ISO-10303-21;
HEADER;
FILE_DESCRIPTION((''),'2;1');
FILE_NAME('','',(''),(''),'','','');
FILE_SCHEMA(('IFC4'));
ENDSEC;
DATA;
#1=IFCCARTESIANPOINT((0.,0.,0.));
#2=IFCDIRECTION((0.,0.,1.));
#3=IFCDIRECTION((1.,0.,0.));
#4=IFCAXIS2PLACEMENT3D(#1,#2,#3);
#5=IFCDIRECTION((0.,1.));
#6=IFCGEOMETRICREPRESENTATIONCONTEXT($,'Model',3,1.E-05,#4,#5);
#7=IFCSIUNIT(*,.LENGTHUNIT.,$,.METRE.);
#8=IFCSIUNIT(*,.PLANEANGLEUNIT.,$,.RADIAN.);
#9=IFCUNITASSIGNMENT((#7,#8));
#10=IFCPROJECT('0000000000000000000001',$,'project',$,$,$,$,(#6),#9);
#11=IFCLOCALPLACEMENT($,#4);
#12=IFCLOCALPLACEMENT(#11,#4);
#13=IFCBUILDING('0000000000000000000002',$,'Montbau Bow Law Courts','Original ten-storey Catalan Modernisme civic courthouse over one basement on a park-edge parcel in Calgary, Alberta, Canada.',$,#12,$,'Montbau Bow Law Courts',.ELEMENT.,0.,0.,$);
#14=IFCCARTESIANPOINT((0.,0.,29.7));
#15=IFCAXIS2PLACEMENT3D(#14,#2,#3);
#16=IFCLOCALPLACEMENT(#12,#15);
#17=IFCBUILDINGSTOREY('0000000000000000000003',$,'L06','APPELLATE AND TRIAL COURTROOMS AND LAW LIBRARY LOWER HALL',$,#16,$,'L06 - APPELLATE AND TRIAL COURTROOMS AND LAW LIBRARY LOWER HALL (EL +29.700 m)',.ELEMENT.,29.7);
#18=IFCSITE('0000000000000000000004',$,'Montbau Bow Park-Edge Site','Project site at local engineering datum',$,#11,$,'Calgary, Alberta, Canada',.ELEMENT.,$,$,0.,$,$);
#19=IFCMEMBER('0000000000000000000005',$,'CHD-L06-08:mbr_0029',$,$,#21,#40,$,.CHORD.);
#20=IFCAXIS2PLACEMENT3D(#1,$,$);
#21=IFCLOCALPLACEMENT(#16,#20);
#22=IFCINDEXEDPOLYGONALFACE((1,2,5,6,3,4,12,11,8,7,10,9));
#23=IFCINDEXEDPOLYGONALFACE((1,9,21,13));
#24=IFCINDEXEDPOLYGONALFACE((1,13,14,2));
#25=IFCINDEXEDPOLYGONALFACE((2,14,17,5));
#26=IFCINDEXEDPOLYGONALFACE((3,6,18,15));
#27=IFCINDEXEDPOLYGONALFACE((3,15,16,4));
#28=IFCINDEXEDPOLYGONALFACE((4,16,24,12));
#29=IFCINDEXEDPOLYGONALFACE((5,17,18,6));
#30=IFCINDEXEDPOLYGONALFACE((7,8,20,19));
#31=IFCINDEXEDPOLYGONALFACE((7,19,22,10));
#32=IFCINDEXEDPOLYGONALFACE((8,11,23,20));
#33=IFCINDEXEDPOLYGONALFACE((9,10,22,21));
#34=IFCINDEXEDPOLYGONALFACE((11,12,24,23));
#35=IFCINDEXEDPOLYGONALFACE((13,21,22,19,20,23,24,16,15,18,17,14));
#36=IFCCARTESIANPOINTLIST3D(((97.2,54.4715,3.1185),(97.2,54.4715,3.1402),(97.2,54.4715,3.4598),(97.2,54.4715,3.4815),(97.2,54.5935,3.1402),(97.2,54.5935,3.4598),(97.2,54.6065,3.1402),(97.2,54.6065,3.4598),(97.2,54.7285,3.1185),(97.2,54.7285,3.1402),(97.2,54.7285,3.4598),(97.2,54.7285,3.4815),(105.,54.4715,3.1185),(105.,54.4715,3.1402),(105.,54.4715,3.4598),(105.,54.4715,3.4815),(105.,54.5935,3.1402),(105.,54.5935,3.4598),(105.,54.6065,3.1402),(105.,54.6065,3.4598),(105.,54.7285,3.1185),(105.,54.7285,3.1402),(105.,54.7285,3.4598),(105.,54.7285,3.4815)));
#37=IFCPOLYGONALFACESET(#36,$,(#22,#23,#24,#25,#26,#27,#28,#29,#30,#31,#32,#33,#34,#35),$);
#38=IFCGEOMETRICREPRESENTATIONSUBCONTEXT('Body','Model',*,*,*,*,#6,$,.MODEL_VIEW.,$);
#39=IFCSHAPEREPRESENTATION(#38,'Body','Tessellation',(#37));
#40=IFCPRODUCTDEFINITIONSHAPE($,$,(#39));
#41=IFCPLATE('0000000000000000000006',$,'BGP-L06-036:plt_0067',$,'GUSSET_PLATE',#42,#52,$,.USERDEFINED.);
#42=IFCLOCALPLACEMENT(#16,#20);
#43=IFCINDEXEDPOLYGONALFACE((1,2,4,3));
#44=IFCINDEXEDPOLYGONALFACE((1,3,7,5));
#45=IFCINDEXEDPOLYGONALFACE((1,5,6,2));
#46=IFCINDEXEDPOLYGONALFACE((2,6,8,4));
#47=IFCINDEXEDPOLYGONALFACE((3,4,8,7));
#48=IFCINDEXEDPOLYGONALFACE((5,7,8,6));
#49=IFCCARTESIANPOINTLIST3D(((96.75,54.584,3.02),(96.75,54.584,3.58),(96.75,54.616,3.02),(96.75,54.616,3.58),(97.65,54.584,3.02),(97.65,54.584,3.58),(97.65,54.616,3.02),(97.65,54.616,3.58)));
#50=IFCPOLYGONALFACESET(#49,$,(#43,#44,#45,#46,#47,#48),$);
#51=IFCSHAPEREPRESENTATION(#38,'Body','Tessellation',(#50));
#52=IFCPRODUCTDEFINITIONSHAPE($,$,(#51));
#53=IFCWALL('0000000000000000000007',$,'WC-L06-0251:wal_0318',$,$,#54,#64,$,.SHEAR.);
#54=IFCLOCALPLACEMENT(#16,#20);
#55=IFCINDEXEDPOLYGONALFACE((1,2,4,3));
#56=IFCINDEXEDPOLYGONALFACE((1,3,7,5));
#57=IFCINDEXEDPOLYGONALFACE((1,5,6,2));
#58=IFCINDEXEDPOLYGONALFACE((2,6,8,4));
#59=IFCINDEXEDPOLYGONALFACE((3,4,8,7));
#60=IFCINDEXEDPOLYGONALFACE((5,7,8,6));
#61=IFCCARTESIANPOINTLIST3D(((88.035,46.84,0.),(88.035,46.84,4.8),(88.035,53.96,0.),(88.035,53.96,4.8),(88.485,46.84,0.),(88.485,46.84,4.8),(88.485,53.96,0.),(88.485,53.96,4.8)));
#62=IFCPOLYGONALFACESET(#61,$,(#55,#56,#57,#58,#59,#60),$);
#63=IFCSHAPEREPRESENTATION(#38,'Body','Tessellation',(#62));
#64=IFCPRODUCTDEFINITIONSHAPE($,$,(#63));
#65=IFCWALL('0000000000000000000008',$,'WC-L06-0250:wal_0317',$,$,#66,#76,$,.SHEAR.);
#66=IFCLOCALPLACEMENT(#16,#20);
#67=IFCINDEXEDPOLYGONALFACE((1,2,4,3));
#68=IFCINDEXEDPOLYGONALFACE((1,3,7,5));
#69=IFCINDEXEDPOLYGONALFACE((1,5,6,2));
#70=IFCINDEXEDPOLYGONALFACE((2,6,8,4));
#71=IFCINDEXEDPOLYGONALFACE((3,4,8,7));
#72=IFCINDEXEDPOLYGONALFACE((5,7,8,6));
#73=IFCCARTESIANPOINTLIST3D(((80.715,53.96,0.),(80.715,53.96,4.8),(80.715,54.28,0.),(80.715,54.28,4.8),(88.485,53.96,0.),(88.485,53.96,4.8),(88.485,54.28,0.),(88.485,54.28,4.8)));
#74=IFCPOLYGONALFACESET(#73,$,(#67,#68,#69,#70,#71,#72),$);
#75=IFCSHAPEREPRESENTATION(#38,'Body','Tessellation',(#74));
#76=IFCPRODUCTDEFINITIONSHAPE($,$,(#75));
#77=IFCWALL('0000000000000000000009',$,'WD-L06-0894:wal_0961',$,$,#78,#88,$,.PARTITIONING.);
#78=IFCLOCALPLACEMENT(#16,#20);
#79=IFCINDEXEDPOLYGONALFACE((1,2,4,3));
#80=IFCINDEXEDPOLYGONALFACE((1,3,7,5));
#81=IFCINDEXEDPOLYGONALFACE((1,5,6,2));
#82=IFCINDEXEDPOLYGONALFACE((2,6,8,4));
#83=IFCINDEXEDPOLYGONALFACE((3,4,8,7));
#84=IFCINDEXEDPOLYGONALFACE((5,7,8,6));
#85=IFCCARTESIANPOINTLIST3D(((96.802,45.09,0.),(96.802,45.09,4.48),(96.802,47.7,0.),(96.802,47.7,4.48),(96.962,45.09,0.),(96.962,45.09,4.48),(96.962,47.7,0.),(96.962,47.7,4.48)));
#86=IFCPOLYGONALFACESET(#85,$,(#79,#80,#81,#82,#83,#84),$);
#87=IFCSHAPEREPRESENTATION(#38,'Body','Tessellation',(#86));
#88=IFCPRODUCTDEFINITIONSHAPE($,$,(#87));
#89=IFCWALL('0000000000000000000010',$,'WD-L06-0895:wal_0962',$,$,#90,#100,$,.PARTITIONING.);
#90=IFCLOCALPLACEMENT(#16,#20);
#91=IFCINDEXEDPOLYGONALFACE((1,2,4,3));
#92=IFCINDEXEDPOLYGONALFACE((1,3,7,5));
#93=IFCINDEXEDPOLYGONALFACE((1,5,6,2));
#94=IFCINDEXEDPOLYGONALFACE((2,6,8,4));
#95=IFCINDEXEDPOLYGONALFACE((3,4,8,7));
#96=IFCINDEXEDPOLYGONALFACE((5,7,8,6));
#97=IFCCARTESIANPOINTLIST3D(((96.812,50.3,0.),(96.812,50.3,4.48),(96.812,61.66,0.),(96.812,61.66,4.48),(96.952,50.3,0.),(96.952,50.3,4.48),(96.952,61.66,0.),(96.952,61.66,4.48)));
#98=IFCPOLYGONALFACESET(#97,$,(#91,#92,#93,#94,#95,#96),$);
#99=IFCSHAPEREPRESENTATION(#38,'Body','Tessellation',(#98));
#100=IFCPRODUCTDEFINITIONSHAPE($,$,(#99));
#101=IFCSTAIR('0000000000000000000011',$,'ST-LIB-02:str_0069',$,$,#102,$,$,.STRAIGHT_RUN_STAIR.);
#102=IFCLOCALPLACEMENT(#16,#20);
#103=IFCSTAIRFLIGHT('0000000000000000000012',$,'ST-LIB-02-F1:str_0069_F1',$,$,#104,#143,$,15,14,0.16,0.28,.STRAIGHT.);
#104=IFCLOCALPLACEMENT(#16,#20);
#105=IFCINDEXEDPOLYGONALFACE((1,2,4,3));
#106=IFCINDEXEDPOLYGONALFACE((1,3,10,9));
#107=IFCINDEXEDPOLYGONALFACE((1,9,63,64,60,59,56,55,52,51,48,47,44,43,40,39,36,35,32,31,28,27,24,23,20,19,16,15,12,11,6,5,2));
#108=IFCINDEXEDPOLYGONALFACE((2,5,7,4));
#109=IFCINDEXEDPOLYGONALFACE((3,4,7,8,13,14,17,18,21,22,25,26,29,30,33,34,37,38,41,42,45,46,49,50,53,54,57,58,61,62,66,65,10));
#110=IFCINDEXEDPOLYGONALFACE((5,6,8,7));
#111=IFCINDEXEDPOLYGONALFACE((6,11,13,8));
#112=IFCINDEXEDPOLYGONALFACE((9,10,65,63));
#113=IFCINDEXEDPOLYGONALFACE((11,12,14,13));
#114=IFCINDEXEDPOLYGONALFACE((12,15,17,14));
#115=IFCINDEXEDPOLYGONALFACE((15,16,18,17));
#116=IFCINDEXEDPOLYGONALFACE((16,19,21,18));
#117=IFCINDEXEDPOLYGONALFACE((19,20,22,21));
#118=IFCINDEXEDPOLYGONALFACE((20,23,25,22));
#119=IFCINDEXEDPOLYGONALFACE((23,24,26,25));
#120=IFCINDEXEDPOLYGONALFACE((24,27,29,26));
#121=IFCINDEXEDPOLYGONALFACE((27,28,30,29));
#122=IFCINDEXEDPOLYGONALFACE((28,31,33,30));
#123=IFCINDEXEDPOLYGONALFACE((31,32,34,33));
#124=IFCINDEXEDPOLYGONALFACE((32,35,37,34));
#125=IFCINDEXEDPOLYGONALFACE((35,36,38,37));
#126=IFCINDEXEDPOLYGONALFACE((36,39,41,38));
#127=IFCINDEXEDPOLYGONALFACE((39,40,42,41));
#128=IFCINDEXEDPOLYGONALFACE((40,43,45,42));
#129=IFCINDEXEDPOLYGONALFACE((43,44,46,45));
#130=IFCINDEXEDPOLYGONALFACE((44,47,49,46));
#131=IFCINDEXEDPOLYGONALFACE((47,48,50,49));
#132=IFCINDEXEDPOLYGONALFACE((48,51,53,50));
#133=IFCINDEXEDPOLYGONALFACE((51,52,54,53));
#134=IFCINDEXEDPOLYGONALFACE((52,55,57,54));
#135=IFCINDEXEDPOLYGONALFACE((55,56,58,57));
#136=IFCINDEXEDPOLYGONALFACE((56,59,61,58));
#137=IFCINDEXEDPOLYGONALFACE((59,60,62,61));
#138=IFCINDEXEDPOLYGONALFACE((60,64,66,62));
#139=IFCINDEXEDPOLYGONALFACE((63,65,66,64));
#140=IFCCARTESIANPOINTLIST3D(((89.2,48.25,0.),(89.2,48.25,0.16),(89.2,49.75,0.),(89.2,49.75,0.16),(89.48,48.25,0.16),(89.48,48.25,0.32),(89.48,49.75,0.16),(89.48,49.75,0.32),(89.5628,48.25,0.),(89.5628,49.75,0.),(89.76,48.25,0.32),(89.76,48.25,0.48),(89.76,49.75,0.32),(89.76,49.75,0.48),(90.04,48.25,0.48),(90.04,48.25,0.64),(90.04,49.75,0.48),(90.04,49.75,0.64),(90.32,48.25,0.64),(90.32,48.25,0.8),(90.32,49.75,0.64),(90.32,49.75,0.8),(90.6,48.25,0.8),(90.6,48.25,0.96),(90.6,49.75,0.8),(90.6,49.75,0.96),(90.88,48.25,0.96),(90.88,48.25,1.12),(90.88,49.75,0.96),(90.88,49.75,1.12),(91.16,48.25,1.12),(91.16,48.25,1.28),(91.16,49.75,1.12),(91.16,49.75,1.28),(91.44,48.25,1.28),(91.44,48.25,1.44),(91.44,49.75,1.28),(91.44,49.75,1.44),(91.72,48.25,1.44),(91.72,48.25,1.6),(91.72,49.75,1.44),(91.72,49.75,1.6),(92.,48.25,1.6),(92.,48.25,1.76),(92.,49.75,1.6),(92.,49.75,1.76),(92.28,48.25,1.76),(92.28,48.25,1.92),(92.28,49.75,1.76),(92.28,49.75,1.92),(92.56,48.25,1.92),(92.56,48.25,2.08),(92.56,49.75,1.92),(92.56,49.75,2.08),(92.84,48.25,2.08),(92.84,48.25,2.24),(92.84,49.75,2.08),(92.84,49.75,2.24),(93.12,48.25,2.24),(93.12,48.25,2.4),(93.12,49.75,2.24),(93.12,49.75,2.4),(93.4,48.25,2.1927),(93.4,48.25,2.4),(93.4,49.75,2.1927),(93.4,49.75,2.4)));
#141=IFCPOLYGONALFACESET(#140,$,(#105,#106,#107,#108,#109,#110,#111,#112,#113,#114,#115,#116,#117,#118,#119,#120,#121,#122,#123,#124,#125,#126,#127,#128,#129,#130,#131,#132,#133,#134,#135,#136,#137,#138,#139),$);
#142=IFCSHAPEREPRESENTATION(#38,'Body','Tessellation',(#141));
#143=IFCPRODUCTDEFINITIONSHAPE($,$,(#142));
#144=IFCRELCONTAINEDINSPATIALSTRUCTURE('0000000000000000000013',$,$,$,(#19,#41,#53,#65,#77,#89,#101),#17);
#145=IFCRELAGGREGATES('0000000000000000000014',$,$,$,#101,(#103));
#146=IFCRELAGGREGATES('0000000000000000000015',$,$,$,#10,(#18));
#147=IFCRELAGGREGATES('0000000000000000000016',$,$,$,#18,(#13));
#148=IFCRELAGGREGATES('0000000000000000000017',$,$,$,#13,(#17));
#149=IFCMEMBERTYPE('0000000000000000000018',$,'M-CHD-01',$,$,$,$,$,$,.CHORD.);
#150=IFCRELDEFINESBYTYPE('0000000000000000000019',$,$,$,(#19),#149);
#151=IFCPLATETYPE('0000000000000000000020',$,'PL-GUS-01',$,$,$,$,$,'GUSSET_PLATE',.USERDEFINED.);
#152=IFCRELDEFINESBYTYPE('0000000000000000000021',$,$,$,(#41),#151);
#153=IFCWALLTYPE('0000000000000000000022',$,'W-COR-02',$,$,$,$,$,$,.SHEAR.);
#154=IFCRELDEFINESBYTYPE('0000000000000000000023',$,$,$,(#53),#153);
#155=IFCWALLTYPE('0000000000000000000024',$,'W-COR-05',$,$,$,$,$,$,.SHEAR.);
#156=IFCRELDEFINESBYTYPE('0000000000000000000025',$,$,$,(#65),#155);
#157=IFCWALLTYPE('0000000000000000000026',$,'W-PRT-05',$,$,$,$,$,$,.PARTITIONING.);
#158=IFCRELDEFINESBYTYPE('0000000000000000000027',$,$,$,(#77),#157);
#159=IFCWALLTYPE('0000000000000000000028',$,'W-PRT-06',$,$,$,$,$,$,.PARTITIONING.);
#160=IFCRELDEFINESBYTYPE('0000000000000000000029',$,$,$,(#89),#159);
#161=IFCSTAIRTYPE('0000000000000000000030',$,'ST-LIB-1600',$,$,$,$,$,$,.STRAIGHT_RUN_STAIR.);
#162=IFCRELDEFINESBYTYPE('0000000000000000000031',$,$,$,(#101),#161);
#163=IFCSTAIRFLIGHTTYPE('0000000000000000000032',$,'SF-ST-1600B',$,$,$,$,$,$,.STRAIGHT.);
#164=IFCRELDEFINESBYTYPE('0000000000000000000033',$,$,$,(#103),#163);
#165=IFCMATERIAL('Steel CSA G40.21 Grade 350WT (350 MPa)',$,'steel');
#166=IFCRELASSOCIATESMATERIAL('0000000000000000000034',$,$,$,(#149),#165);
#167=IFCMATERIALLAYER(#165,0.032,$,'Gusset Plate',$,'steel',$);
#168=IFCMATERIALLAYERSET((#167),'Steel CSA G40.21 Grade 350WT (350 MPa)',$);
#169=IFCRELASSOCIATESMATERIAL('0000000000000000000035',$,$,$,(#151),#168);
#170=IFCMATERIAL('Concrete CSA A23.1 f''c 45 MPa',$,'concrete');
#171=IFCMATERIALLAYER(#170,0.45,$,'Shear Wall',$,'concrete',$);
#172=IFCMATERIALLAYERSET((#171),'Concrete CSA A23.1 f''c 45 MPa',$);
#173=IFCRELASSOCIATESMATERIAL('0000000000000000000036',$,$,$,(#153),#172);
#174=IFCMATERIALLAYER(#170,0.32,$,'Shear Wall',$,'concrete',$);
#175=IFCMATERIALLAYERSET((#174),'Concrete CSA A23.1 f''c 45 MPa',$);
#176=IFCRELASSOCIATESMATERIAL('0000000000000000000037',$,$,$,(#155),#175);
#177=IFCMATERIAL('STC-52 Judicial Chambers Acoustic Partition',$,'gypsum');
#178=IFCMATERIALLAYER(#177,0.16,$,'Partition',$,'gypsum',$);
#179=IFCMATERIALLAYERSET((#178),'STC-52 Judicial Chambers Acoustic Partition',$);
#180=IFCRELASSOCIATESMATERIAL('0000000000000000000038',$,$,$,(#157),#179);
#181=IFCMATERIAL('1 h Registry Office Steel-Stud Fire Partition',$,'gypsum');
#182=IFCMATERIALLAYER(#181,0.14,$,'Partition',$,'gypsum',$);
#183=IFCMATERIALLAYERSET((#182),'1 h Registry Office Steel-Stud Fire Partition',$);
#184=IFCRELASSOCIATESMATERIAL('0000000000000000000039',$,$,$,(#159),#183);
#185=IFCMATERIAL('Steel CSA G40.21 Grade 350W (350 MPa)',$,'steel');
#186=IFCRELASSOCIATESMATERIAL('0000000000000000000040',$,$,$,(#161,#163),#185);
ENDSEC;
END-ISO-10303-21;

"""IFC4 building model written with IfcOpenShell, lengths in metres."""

from ifc_helpers import new_model, si_unit, direction, frame, frame_2d, origin_with_axes, origin_2d_with_axis, place, context, subcontext, project, spatial, polyline, rectangle, i_section, outline, extrude, material, layer, layer_set, material_profile, profile_set, type_object, element, aggregate, save


model = new_model("IFC4")

# Units and contexts
model_context = context("Model", 3, precision=1e-05, world=origin_with_axes(), true_north=direction((0.0, 1.0)))
body_context = subcontext(model_context, "Body", "Model", "MODEL_VIEW")
ifc_project = project(units=[si_unit("LENGTHUNIT", "METRE"), si_unit("PLANEANGLEUNIT", "RADIAN")], contexts=[model_context])

# Site, building, storey
site_placement = place(None, origin_with_axes())
site = spatial("IfcSite", under=ifc_project, at=site_placement, Name="Montbau Bow Park-Edge Site", Description="Project site at local engineering datum", LongName="Calgary, Alberta, Canada", CompositionType="ELEMENT", RefElevation=0.0)
building_placement = place(site_placement, origin_with_axes())
building = spatial("IfcBuilding", under=site, at=building_placement, Name="Montbau Bow Law Courts", Description="Original ten-storey Catalan Modernisme civic courthouse over one basement on a park-edge parcel in Calgary, Alberta, Canada.", LongName="Montbau Bow Law Courts", CompositionType="ELEMENT", ElevationOfRefHeight=0.0, ElevationOfTerrain=0.0)
storey_placement = place(building_placement, frame((0.0, 0.0, 29.7), z_axis=(0.0, 0.0, 1.0), x_axis=(1.0, 0.0, 0.0)))
storey = spatial("IfcBuildingStorey", under=building, at=storey_placement, Name="L06", Description="APPELLATE AND TRIAL COURTROOMS AND LAW LIBRARY LOWER HALL", LongName="L06 - APPELLATE AND TRIAL COURTROOMS AND LAW LIBRARY LOWER HALL (EL +29.700 m)", CompositionType="ELEMENT", Elevation=29.7)

# Shared definitions
ifc_material_1 = material(Name="Steel CSA G40.21 Grade 350W (350 MPa)", Category="steel")

# Shared definitions
ifc_material_2 = material(Name="Steel CSA G40.21 Grade 350WT (350 MPa)", Category="steel")

# Member
ifc_material_profile_1 = material_profile(ifc_material_2, i_section(OverallWidth=0.257, OverallDepth=0.363, WebThickness=0.013, FlangeThickness=0.0217, at=origin_2d_with_axis()), Name="W360X122", Category="Main", Priority=0)
ifc_profile_set_1 = profile_set([ifc_material_profile_1], Name="Steel CSA G40.21 Grade 350WT (350 MPa)")
member_type_1 = type_object("IfcMemberType", Name="M-CHD-01", PredefinedType="CHORD", material=ifc_profile_set_1)
for number, where, z_axis, x_axis, name in (
    (1, (97.2, 54.6, 33.0), (1.0, 0.0, 0.0), (0.0, 1.0, 0.0), "CHD-L06-08:mbr_0029"),
):
    element("IfcMember", number, at=place(None, frame(where, z_axis=z_axis, x_axis=x_axis)), inside=storey, type_object=member_type_1, Name=name, PredefinedType="CHORD", context=body_context, shape_type="SweptSolid", body=[
        extrude(i_section(OverallWidth=0.257, OverallDepth=0.363, WebThickness=0.013, FlangeThickness=0.0217, at=origin_2d_with_axis()), origin_with_axes(), (0.0, 0.0, 1.0), 7.8),
    ])

# Plate
ifc_layer_1 = layer(ifc_material_2, 0.032, Name="Gusset Plate", Category="steel")
ifc_layer_set_1 = layer_set([ifc_layer_1], Name="Steel CSA G40.21 Grade 350WT (350 MPa)")
plate_type = type_object("IfcPlateType", Name="PL-GUS-01", ElementType="GUSSET_PLATE", PredefinedType="USERDEFINED", material=ifc_layer_set_1)
plate_placement = place(None, frame((97.2, 54.6, 32.72), z_axis=(0.0, 0.0, 1.0), x_axis=(1.0, 0.0, 0.0)))
element("IfcPlate", 2, at=plate_placement, inside=storey, type_object=plate_type, Name="BGP-L06-036:plt_0067", ObjectType="GUSSET_PLATE", PredefinedType="USERDEFINED", context=body_context, shape_type="SweptSolid", body=[
    extrude(rectangle(XDim=0.9, YDim=0.032, at=origin_2d_with_axis()), origin_with_axes(), (0.0, 0.0, 1.0), 0.56),
])

# Walls
ifc_material_3 = material(Name="Concrete CSA A23.1 f'c 45 MPa", Category="concrete")
ifc_layer_2 = layer(ifc_material_3, 0.45, Name="Shear Wall", Category="concrete")
ifc_layer_set_2 = layer_set([ifc_layer_2], Name="Concrete CSA A23.1 f'c 45 MPa")
wall_type_1 = type_object("IfcWallType", Name="W-COR-02", PredefinedType="SHEAR", material=ifc_layer_set_2)
wall_1_placement = place(None, frame((88.26, 46.84, 29.7), z_axis=(0.0, 0.0, 1.0), x_axis=(0.0, 1.0, 0.0)))
element("IfcWall", 3, at=wall_1_placement, inside=storey, type_object=wall_type_1, Name="WC-L06-0251:wal_0318", PredefinedType="SHEAR", context=body_context, shape_type="SweptSolid", body=[
    extrude(rectangle(XDim=7.12, YDim=0.45, at=frame_2d((3.56, 0.0), x_axis=(1.0, 0.0))), origin_with_axes(), (0.0, 0.0, 1.0), 4.8),
])
ifc_layer_3 = layer(ifc_material_3, 0.32, Name="Shear Wall", Category="concrete")
ifc_layer_set_3 = layer_set([ifc_layer_3], Name="Concrete CSA A23.1 f'c 45 MPa")
wall_type_2 = type_object("IfcWallType", Name="W-COR-05", PredefinedType="SHEAR", material=ifc_layer_set_3)
wall_2_placement = place(None, frame((88.485, 54.12, 29.7), z_axis=(0.0, 0.0, 1.0), x_axis=(-1.0, 0.0, 0.0)))
element("IfcWall", 4, at=wall_2_placement, inside=storey, type_object=wall_type_2, Name="WC-L06-0250:wal_0317", PredefinedType="SHEAR", context=body_context, shape_type="SweptSolid", body=[
    extrude(rectangle(XDim=7.77, YDim=0.32, at=frame_2d((3.885, 0.0), x_axis=(1.0, 0.0))), origin_with_axes(), (0.0, 0.0, 1.0), 4.8),
])
ifc_material_4 = material(Name="STC-52 Judicial Chambers Acoustic Partition", Category="gypsum")
ifc_layer_4 = layer(ifc_material_4, 0.16, Name="Partition", Category="gypsum")
ifc_layer_set_4 = layer_set([ifc_layer_4], Name="STC-52 Judicial Chambers Acoustic Partition")
wall_type_3 = type_object("IfcWallType", Name="W-PRT-05", PredefinedType="PARTITIONING", material=ifc_layer_set_4)
wall_3_placement = place(None, frame((96.882, 45.09, 29.7), z_axis=(0.0, 0.0, 1.0), x_axis=(0.0, 1.0, 0.0)))
element("IfcWall", 5, at=wall_3_placement, inside=storey, type_object=wall_type_3, Name="WD-L06-0894:wal_0961", PredefinedType="PARTITIONING", context=body_context, shape_type="SweptSolid", body=[
    extrude(rectangle(XDim=2.61, YDim=0.16, at=frame_2d((1.305, 0.0), x_axis=(1.0, 0.0))), origin_with_axes(), (0.0, 0.0, 1.0), 4.48),
])
ifc_material_5 = material(Name="1 h Registry Office Steel-Stud Fire Partition", Category="gypsum")
ifc_layer_5 = layer(ifc_material_5, 0.14, Name="Partition", Category="gypsum")
ifc_layer_set_5 = layer_set([ifc_layer_5], Name="1 h Registry Office Steel-Stud Fire Partition")
wall_type_4 = type_object("IfcWallType", Name="W-PRT-06", PredefinedType="PARTITIONING", material=ifc_layer_set_5)
wall_4_placement = place(None, frame((96.882, 50.3, 29.7), z_axis=(0.0, 0.0, 1.0), x_axis=(0.0, 1.0, 0.0)))
element("IfcWall", 6, at=wall_4_placement, inside=storey, type_object=wall_type_4, Name="WD-L06-0895:wal_0962", PredefinedType="PARTITIONING", context=body_context, shape_type="SweptSolid", body=[
    extrude(rectangle(XDim=11.36, YDim=0.14, at=frame_2d((5.68, 0.0), x_axis=(1.0, 0.0))), origin_with_axes(), (0.0, 0.0, 1.0), 4.48),
])

# Stair, stair flight
stair_type = type_object("IfcStairType", Name="ST-LIB-1600", PredefinedType="STRAIGHT_RUN_STAIR", material=ifc_material_1)
stair_placement = place(None, frame((89.2, 49.0, 29.7), z_axis=(0.0, 0.0, 1.0), x_axis=(1.0, 0.0, 0.0)))
stair = element("IfcStair", 7, at=stair_placement, inside=storey, type_object=stair_type, Name="ST-LIB-02:str_0069", PredefinedType="STRAIGHT_RUN_STAIR")
stair_flight_type = type_object("IfcStairFlightType", Name="SF-ST-1600B", PredefinedType="STRAIGHT", material=ifc_material_1)
stair_flight_1_placement = place(None, frame((89.2, 49.0, 29.7), z_axis=(0.0, 0.0, 1.0), x_axis=(1.0, 0.0, 0.0)))
stair_flight_1 = element("IfcStairFlight", 8, at=stair_flight_1_placement, type_object=stair_flight_type, Name="ST-LIB-02-F1:str_0069_F1", NumberOfRisers=15, NumberOfTreads=14, PredefinedType="STRAIGHT", RiserHeight=0.16, TreadLength=0.28, context=body_context, shape_type="SweptSolid", body=[
    extrude(outline(polyline([(0.0, 0.0), (0.0, 0.16), (0.28, 0.16), (0.28, 0.32), (0.56, 0.32), (0.56, 0.48), (0.84, 0.48), (0.84, 0.64), (1.12, 0.64), (1.12, 0.8), (1.4, 0.8), (1.4, 0.96), (1.68, 0.96), (1.68, 1.12), (1.96, 1.12), (1.96, 1.28), (2.24, 1.28), (2.24, 1.44), (2.52, 1.44), (2.52, 1.6), (2.8, 1.6), (2.8, 1.76), (3.08, 1.76), (3.08, 1.92), (3.36, 1.92), (3.36, 2.08), (3.64, 2.08), (3.64, 2.24), (3.92, 2.24), (3.92, 2.4), (4.2, 2.4), (4.2, 2.1927), (0.3628, 0.0), (0.0, 0.0)])), frame((0.0, 0.75, 0.0), z_axis=(0.0, -1.0, 0.0), x_axis=(1.0, 0.0, 0.0)), (0.0, 0.0, 1.0), 1.5),
])
aggregate(stair, [stair_flight_1])

save(model, "model.ifc")
